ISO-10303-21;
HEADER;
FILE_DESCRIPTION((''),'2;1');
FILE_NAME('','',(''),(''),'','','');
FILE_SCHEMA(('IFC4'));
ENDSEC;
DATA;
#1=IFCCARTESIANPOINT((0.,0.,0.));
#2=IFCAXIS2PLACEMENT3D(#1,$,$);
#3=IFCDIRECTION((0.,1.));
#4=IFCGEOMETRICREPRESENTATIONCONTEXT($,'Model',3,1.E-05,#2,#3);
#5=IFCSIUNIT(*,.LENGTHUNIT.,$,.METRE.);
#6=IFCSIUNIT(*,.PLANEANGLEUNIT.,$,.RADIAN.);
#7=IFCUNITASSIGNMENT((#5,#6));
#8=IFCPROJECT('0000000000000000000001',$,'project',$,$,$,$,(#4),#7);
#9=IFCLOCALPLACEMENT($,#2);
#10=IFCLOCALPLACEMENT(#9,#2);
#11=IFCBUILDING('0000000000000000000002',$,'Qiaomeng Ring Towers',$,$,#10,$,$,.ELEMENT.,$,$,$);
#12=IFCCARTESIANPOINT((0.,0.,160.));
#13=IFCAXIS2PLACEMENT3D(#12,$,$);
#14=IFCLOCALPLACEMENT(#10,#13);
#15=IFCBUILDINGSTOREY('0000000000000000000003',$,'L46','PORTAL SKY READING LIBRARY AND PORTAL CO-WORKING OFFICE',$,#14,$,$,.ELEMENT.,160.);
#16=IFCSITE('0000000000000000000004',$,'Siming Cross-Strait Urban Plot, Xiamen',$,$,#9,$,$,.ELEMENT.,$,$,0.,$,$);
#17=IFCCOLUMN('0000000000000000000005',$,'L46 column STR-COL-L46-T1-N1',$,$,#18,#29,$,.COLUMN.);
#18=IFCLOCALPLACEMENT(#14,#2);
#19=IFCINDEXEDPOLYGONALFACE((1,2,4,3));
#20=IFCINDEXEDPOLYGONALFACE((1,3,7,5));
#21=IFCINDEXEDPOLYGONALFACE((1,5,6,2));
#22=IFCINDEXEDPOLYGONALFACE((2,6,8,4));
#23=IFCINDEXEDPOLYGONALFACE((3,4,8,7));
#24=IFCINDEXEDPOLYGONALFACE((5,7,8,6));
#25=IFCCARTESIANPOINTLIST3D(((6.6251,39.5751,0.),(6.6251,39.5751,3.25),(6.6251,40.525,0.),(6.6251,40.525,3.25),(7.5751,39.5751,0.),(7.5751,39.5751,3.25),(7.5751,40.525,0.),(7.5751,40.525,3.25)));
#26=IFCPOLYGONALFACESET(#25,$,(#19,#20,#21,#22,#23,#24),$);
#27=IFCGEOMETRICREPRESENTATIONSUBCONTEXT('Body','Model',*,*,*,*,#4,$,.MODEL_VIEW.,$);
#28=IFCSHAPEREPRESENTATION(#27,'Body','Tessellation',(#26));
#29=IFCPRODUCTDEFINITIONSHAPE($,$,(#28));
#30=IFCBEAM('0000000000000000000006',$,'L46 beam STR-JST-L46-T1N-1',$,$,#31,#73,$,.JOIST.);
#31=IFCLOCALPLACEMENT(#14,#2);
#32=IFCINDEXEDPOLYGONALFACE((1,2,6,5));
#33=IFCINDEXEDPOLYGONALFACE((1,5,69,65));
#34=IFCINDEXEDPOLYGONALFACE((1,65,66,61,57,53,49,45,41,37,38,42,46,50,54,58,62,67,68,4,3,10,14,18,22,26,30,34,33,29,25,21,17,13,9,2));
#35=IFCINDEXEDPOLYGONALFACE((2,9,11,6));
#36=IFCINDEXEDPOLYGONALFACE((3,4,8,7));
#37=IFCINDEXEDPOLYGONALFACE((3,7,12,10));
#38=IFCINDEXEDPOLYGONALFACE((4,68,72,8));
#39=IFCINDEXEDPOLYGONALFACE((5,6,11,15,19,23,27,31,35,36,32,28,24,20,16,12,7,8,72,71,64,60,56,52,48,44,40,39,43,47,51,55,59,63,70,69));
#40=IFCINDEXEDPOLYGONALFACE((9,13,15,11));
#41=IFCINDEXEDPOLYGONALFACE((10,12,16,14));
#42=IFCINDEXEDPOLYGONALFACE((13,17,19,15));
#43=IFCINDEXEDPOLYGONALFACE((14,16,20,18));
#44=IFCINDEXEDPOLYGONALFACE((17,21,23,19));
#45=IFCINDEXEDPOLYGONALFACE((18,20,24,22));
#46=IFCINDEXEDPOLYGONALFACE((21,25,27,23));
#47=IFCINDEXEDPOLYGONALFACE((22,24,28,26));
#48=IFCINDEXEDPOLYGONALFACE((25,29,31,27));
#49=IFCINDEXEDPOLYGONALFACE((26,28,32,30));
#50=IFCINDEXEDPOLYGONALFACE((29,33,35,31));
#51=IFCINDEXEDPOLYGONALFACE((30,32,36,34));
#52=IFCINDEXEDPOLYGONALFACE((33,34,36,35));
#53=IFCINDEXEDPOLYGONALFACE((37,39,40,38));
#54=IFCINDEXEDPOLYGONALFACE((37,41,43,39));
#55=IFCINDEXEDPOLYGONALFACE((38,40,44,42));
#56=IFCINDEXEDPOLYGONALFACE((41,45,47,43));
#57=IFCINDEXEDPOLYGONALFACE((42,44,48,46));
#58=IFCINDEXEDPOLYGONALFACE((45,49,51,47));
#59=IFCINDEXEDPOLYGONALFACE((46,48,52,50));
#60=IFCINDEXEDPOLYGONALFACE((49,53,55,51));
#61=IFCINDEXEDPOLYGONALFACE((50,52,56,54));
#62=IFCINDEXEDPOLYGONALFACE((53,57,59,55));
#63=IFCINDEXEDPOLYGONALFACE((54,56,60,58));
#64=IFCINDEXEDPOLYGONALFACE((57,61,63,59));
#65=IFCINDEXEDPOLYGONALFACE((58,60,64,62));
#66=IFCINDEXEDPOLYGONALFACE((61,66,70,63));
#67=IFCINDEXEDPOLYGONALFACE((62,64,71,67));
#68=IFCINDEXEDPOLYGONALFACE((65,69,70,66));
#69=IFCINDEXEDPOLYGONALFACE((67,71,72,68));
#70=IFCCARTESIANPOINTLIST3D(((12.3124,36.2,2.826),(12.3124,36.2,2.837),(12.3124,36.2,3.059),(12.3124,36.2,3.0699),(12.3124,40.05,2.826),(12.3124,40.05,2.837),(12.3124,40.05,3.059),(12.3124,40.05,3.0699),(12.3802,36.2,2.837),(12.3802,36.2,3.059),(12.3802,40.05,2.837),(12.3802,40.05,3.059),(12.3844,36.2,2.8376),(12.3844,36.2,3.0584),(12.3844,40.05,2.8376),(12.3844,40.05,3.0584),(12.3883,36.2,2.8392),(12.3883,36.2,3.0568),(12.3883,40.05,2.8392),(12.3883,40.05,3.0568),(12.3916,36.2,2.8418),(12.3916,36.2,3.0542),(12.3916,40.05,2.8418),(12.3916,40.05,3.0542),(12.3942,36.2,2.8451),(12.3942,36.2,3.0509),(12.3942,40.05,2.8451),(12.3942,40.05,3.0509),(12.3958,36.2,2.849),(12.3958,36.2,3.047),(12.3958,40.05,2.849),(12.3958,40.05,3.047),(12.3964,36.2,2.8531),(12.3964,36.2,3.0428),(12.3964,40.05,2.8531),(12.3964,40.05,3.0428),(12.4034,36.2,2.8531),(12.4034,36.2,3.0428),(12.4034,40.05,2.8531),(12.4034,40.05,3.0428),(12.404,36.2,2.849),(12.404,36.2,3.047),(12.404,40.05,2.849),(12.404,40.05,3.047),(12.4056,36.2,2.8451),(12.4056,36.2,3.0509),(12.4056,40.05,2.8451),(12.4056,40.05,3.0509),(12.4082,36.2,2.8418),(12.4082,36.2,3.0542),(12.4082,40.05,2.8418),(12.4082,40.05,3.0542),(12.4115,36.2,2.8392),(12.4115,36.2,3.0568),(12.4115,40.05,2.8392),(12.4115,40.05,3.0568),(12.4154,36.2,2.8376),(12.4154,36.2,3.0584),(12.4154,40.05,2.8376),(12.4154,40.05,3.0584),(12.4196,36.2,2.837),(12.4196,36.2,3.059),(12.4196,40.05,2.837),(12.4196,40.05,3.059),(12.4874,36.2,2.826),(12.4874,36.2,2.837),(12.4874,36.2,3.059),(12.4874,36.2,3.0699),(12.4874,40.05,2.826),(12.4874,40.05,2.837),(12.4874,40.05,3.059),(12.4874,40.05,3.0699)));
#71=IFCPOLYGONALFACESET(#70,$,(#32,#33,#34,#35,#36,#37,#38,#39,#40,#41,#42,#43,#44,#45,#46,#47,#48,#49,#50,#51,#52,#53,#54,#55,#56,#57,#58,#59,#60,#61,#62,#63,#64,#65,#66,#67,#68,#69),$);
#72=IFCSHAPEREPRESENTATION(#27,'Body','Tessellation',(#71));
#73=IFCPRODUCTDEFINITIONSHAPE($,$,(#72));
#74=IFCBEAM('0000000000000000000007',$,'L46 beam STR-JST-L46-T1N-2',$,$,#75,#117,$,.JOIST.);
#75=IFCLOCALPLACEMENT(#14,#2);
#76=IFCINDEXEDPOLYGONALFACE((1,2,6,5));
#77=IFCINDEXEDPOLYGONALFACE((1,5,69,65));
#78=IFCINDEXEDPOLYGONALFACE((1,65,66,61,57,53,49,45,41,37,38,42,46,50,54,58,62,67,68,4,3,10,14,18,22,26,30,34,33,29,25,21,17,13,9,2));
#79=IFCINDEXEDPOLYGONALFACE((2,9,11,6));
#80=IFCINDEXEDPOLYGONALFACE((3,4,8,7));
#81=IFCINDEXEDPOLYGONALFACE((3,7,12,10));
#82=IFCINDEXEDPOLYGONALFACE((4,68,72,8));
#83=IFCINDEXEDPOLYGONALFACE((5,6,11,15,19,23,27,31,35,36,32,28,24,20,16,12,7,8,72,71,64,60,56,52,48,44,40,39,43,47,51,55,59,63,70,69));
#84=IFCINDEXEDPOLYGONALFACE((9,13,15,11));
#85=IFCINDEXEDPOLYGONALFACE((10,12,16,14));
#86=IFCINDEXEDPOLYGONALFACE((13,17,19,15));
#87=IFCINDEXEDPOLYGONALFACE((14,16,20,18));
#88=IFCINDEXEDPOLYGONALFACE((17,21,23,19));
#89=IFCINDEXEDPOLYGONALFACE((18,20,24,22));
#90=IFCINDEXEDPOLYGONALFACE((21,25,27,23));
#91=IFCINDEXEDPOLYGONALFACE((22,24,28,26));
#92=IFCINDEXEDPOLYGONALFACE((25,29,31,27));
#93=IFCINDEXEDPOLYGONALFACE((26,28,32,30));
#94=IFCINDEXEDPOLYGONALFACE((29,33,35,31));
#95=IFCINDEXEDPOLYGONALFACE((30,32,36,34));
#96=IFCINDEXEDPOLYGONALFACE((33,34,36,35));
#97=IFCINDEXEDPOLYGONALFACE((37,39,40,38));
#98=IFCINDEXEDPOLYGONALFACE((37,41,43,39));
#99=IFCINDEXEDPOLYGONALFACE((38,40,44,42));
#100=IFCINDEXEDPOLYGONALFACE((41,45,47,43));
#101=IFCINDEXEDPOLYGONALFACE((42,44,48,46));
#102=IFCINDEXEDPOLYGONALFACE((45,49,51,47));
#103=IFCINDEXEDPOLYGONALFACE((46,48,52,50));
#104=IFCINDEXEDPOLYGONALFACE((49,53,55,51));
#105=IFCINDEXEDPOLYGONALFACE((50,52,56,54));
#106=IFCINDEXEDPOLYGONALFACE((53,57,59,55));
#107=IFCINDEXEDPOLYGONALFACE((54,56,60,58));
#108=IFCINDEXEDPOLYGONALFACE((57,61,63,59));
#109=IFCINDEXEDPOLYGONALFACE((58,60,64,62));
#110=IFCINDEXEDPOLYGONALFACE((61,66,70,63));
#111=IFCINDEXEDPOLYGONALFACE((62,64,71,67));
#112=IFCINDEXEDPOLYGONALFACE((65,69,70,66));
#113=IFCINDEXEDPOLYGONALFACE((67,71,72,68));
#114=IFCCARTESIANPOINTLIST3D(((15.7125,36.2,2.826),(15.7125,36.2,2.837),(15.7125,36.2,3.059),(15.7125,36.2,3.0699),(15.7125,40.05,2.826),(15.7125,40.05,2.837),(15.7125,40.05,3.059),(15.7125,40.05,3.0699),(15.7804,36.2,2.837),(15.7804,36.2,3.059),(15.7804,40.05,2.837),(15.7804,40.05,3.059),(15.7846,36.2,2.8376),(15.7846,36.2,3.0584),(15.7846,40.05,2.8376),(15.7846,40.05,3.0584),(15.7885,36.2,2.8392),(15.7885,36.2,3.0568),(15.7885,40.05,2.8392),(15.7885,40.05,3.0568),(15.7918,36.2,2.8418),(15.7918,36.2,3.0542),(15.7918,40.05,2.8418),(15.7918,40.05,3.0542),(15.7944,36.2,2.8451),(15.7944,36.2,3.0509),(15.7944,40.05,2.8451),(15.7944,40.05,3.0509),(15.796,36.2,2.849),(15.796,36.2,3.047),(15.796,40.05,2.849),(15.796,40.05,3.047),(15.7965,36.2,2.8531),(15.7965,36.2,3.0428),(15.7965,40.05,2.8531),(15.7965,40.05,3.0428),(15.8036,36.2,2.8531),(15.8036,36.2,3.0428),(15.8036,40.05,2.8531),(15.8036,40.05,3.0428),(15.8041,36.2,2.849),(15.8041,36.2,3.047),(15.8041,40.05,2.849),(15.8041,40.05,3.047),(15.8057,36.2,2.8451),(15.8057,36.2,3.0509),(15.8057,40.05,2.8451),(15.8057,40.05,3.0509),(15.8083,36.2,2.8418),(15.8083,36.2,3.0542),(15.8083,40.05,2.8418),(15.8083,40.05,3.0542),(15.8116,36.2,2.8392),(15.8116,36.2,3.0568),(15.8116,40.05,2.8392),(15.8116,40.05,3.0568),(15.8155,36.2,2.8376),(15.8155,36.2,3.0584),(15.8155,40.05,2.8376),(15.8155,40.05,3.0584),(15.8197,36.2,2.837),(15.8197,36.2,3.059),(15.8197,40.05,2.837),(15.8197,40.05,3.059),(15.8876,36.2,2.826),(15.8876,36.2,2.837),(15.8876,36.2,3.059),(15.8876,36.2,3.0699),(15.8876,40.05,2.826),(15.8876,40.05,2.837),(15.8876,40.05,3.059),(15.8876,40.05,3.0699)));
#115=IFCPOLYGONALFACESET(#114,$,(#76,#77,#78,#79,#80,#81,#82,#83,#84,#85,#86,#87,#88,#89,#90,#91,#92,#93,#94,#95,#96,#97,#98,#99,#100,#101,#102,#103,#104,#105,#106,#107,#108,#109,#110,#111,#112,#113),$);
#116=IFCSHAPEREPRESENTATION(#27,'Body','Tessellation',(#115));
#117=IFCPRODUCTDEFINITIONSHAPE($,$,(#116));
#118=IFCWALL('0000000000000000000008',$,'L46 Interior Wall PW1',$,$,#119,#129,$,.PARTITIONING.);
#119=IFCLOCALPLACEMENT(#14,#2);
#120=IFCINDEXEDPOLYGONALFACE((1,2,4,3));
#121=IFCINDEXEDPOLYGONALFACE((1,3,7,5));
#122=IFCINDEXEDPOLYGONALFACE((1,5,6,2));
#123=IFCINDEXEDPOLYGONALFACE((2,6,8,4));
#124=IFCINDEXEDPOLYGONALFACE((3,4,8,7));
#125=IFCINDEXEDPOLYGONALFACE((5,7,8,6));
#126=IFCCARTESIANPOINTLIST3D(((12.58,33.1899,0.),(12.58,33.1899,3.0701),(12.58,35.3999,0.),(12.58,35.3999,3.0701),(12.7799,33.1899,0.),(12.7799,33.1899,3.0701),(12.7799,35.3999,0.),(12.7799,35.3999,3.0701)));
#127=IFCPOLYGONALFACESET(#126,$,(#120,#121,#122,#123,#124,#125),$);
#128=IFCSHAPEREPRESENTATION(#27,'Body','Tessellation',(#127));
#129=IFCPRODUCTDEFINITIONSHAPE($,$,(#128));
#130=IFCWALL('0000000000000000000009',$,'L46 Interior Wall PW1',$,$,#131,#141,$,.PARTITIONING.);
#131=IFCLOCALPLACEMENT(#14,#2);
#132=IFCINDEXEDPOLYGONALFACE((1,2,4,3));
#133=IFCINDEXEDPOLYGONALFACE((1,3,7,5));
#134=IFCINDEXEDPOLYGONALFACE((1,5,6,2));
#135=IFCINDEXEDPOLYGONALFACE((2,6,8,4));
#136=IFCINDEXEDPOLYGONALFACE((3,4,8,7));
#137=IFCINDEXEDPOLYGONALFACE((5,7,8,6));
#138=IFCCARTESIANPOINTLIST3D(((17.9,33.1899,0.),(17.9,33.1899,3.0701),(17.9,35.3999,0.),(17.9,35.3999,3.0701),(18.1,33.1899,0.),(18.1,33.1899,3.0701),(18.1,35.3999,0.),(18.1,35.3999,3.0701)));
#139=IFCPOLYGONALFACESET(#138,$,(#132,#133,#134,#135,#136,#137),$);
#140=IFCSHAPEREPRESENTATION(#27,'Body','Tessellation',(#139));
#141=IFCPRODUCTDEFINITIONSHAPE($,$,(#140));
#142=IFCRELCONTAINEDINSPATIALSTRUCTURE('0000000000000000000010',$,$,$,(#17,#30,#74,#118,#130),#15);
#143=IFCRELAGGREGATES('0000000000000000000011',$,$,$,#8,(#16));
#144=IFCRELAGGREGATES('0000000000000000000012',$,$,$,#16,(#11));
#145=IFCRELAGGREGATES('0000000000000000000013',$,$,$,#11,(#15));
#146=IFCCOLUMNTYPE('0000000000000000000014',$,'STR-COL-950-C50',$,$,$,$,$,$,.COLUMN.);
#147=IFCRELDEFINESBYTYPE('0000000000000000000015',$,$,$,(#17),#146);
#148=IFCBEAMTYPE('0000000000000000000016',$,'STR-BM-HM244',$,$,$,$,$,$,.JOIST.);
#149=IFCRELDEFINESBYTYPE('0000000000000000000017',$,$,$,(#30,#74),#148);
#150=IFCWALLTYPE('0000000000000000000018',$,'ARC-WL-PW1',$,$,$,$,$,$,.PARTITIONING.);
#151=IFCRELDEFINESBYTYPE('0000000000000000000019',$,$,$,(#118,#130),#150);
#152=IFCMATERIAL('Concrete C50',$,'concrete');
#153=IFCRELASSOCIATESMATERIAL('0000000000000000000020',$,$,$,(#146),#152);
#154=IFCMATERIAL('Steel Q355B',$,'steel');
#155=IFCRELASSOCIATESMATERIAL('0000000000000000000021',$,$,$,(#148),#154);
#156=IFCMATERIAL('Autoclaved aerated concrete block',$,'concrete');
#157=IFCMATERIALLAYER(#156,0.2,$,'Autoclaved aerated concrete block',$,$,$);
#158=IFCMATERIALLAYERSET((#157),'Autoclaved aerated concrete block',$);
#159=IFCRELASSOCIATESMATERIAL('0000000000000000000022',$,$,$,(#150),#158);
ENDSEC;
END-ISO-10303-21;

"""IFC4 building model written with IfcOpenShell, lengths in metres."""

from ifc_helpers import new_model, si_unit, direction, frame, frame_2d, origin, origin_2d, place, context, subcontext, project, spatial, rectangle, i_section, extrude, source, transform, mapped, material, layer, layer_set, material_profile, profile_set, type_object, element, save


model = new_model("IFC4")

# Units and contexts
model_context = context("Model", 3, precision=1e-05, world=origin(), true_north=direction((0.0, 1.0)))
body_context = subcontext(model_context, "Body", "Model", "MODEL_VIEW")
ifc_project = project(units=[si_unit("LENGTHUNIT", "METRE"), si_unit("PLANEANGLEUNIT", "RADIAN")], contexts=[model_context])

# Site, building, storey
site_placement = place(None, origin())
site = spatial("IfcSite", under=ifc_project, at=site_placement, Name="Siming Cross-Strait Urban Plot, Xiamen", CompositionType="ELEMENT", RefElevation=0.0)
building_placement = place(site_placement, origin())
building = spatial("IfcBuilding", under=site, at=building_placement, Name="Qiaomeng Ring Towers", CompositionType="ELEMENT")
storey_placement = place(building_placement, frame((0.0, 0.0, 160.0)))
storey = spatial("IfcBuildingStorey", under=building, at=storey_placement, Name="L46", Description="PORTAL SKY READING LIBRARY AND PORTAL CO-WORKING OFFICE", CompositionType="ELEMENT", Elevation=160.0)

# Column
ifc_material_1 = material(Name="Concrete C50", Category="concrete")
ifc_material_profile_1 = material_profile(ifc_material_1, rectangle(XDim=0.95, YDim=0.95, at=origin_2d()), Name="RC COL 950x950")
ifc_profile_set_1 = profile_set([ifc_material_profile_1], Name="Concrete C50")
column_type = type_object("IfcColumnType", Name="STR-COL-950-C50", PredefinedType="COLUMN", material=ifc_profile_set_1)
shared_shape_1 = source(origin(), body_context, "Body", "SweptSolid", [
    extrude(rectangle(XDim=0.95, YDim=0.95, at=origin_2d()), origin(), (0.0, 0.0, 1.0), 3.25),
])
column_placement = place(storey_placement, frame((7.1001, 40.05, 0.0), z_axis=(0.0, 0.0, 1.0), x_axis=(1.0, 0.0, 0.0)))
element("IfcColumn", 1, at=column_placement, inside=storey, type_object=column_type, Name="L46 column STR-COL-L46-T1-N1", PredefinedType="COLUMN", context=body_context, shape_type="MappedRepresentation", body=[
    mapped(shared_shape_1, transform((0.0, 0.0, 0.0), x_axis=(1.0, 0.0, 0.0), y_axis=(0.0, 1.0, 0.0), z_axis=(0.0, 0.0, 1.0), scale=1.0)),
])

# Beams
ifc_material_2 = material(Name="Steel Q355B", Category="steel")
ifc_material_profile_2 = material_profile(ifc_material_2, i_section(OverallWidth=0.175, OverallDepth=0.2439, WebThickness=0.0071, FlangeThickness=0.011, FilletRadius=0.0161, at=origin_2d()), Name="HM 244x175x7x11")
ifc_profile_set_2 = profile_set([ifc_material_profile_2], Name="Steel Q355B")
beam_type = type_object("IfcBeamType", Name="STR-BM-HM244", PredefinedType="JOIST", material=ifc_profile_set_2)
shared_shape_2 = source(origin(), body_context, "Body", "SweptSolid", [
    extrude(i_section(OverallWidth=0.175, OverallDepth=0.2439, WebThickness=0.0071, FlangeThickness=0.011, FilletRadius=0.0161, at=origin_2d()), origin(), (0.0, 0.0, 1.0), 3.8501),
])
for number, where, z_axis, x_axis, name in (
    (2, (12.3999, 36.2, 2.948), (0.0, 1.0, 0.0), (-1.0, 0.0, 0.0), "L46 beam STR-JST-L46-T1N-1"),
    (3, (15.8, 36.2, 2.948), (0.0, 1.0, 0.0), (-1.0, 0.0, 0.0), "L46 beam STR-JST-L46-T1N-2"),
):
    element("IfcBeam", number, at=place(storey_placement, frame(where, z_axis=z_axis, x_axis=x_axis)), inside=storey, type_object=beam_type, Name=name, PredefinedType="JOIST", context=body_context, shape_type="MappedRepresentation", body=[
        mapped(shared_shape_2, transform((0.0, 0.0, 0.0), x_axis=(1.0, 0.0, 0.0), y_axis=(0.0, 1.0, 0.0), z_axis=(0.0, 0.0, 1.0), scale=1.0)),
    ])

# Walls
ifc_material_3 = material(Name="Autoclaved aerated concrete block", Category="concrete")
ifc_layer_1 = layer(ifc_material_3, 0.2, Name="Autoclaved aerated concrete block")
ifc_layer_set_1 = layer_set([ifc_layer_1], Name="Autoclaved aerated concrete block")
wall_type_1 = type_object("IfcWallType", Name="ARC-WL-PW1", PredefinedType="PARTITIONING", material=ifc_layer_set_1)
for number, where, z_axis, x_axis, name in (
    (4, (12.6799, 33.1899, 0.0), (0.0, 0.0, 1.0), (0.0, 1.0, 0.0), "L46 Interior Wall PW1"),
    (5, (18.0, 33.1899, 0.0), (0.0, 0.0, 1.0), (0.0, 1.0, 0.0), "L46 Interior Wall PW1"),
):
    element("IfcWall", number, at=place(storey_placement, frame(where, z_axis=z_axis, x_axis=x_axis)), inside=storey, type_object=wall_type_1, Name=name, PredefinedType="PARTITIONING", context=body_context, shape_type="SweptSolid", body=[
        extrude(rectangle(XDim=2.21, YDim=0.2, at=frame_2d((1.105, 0.0))), origin(), (0.0, 0.0, 1.0), 3.0701),
    ])

save(model, "model.ifc")
